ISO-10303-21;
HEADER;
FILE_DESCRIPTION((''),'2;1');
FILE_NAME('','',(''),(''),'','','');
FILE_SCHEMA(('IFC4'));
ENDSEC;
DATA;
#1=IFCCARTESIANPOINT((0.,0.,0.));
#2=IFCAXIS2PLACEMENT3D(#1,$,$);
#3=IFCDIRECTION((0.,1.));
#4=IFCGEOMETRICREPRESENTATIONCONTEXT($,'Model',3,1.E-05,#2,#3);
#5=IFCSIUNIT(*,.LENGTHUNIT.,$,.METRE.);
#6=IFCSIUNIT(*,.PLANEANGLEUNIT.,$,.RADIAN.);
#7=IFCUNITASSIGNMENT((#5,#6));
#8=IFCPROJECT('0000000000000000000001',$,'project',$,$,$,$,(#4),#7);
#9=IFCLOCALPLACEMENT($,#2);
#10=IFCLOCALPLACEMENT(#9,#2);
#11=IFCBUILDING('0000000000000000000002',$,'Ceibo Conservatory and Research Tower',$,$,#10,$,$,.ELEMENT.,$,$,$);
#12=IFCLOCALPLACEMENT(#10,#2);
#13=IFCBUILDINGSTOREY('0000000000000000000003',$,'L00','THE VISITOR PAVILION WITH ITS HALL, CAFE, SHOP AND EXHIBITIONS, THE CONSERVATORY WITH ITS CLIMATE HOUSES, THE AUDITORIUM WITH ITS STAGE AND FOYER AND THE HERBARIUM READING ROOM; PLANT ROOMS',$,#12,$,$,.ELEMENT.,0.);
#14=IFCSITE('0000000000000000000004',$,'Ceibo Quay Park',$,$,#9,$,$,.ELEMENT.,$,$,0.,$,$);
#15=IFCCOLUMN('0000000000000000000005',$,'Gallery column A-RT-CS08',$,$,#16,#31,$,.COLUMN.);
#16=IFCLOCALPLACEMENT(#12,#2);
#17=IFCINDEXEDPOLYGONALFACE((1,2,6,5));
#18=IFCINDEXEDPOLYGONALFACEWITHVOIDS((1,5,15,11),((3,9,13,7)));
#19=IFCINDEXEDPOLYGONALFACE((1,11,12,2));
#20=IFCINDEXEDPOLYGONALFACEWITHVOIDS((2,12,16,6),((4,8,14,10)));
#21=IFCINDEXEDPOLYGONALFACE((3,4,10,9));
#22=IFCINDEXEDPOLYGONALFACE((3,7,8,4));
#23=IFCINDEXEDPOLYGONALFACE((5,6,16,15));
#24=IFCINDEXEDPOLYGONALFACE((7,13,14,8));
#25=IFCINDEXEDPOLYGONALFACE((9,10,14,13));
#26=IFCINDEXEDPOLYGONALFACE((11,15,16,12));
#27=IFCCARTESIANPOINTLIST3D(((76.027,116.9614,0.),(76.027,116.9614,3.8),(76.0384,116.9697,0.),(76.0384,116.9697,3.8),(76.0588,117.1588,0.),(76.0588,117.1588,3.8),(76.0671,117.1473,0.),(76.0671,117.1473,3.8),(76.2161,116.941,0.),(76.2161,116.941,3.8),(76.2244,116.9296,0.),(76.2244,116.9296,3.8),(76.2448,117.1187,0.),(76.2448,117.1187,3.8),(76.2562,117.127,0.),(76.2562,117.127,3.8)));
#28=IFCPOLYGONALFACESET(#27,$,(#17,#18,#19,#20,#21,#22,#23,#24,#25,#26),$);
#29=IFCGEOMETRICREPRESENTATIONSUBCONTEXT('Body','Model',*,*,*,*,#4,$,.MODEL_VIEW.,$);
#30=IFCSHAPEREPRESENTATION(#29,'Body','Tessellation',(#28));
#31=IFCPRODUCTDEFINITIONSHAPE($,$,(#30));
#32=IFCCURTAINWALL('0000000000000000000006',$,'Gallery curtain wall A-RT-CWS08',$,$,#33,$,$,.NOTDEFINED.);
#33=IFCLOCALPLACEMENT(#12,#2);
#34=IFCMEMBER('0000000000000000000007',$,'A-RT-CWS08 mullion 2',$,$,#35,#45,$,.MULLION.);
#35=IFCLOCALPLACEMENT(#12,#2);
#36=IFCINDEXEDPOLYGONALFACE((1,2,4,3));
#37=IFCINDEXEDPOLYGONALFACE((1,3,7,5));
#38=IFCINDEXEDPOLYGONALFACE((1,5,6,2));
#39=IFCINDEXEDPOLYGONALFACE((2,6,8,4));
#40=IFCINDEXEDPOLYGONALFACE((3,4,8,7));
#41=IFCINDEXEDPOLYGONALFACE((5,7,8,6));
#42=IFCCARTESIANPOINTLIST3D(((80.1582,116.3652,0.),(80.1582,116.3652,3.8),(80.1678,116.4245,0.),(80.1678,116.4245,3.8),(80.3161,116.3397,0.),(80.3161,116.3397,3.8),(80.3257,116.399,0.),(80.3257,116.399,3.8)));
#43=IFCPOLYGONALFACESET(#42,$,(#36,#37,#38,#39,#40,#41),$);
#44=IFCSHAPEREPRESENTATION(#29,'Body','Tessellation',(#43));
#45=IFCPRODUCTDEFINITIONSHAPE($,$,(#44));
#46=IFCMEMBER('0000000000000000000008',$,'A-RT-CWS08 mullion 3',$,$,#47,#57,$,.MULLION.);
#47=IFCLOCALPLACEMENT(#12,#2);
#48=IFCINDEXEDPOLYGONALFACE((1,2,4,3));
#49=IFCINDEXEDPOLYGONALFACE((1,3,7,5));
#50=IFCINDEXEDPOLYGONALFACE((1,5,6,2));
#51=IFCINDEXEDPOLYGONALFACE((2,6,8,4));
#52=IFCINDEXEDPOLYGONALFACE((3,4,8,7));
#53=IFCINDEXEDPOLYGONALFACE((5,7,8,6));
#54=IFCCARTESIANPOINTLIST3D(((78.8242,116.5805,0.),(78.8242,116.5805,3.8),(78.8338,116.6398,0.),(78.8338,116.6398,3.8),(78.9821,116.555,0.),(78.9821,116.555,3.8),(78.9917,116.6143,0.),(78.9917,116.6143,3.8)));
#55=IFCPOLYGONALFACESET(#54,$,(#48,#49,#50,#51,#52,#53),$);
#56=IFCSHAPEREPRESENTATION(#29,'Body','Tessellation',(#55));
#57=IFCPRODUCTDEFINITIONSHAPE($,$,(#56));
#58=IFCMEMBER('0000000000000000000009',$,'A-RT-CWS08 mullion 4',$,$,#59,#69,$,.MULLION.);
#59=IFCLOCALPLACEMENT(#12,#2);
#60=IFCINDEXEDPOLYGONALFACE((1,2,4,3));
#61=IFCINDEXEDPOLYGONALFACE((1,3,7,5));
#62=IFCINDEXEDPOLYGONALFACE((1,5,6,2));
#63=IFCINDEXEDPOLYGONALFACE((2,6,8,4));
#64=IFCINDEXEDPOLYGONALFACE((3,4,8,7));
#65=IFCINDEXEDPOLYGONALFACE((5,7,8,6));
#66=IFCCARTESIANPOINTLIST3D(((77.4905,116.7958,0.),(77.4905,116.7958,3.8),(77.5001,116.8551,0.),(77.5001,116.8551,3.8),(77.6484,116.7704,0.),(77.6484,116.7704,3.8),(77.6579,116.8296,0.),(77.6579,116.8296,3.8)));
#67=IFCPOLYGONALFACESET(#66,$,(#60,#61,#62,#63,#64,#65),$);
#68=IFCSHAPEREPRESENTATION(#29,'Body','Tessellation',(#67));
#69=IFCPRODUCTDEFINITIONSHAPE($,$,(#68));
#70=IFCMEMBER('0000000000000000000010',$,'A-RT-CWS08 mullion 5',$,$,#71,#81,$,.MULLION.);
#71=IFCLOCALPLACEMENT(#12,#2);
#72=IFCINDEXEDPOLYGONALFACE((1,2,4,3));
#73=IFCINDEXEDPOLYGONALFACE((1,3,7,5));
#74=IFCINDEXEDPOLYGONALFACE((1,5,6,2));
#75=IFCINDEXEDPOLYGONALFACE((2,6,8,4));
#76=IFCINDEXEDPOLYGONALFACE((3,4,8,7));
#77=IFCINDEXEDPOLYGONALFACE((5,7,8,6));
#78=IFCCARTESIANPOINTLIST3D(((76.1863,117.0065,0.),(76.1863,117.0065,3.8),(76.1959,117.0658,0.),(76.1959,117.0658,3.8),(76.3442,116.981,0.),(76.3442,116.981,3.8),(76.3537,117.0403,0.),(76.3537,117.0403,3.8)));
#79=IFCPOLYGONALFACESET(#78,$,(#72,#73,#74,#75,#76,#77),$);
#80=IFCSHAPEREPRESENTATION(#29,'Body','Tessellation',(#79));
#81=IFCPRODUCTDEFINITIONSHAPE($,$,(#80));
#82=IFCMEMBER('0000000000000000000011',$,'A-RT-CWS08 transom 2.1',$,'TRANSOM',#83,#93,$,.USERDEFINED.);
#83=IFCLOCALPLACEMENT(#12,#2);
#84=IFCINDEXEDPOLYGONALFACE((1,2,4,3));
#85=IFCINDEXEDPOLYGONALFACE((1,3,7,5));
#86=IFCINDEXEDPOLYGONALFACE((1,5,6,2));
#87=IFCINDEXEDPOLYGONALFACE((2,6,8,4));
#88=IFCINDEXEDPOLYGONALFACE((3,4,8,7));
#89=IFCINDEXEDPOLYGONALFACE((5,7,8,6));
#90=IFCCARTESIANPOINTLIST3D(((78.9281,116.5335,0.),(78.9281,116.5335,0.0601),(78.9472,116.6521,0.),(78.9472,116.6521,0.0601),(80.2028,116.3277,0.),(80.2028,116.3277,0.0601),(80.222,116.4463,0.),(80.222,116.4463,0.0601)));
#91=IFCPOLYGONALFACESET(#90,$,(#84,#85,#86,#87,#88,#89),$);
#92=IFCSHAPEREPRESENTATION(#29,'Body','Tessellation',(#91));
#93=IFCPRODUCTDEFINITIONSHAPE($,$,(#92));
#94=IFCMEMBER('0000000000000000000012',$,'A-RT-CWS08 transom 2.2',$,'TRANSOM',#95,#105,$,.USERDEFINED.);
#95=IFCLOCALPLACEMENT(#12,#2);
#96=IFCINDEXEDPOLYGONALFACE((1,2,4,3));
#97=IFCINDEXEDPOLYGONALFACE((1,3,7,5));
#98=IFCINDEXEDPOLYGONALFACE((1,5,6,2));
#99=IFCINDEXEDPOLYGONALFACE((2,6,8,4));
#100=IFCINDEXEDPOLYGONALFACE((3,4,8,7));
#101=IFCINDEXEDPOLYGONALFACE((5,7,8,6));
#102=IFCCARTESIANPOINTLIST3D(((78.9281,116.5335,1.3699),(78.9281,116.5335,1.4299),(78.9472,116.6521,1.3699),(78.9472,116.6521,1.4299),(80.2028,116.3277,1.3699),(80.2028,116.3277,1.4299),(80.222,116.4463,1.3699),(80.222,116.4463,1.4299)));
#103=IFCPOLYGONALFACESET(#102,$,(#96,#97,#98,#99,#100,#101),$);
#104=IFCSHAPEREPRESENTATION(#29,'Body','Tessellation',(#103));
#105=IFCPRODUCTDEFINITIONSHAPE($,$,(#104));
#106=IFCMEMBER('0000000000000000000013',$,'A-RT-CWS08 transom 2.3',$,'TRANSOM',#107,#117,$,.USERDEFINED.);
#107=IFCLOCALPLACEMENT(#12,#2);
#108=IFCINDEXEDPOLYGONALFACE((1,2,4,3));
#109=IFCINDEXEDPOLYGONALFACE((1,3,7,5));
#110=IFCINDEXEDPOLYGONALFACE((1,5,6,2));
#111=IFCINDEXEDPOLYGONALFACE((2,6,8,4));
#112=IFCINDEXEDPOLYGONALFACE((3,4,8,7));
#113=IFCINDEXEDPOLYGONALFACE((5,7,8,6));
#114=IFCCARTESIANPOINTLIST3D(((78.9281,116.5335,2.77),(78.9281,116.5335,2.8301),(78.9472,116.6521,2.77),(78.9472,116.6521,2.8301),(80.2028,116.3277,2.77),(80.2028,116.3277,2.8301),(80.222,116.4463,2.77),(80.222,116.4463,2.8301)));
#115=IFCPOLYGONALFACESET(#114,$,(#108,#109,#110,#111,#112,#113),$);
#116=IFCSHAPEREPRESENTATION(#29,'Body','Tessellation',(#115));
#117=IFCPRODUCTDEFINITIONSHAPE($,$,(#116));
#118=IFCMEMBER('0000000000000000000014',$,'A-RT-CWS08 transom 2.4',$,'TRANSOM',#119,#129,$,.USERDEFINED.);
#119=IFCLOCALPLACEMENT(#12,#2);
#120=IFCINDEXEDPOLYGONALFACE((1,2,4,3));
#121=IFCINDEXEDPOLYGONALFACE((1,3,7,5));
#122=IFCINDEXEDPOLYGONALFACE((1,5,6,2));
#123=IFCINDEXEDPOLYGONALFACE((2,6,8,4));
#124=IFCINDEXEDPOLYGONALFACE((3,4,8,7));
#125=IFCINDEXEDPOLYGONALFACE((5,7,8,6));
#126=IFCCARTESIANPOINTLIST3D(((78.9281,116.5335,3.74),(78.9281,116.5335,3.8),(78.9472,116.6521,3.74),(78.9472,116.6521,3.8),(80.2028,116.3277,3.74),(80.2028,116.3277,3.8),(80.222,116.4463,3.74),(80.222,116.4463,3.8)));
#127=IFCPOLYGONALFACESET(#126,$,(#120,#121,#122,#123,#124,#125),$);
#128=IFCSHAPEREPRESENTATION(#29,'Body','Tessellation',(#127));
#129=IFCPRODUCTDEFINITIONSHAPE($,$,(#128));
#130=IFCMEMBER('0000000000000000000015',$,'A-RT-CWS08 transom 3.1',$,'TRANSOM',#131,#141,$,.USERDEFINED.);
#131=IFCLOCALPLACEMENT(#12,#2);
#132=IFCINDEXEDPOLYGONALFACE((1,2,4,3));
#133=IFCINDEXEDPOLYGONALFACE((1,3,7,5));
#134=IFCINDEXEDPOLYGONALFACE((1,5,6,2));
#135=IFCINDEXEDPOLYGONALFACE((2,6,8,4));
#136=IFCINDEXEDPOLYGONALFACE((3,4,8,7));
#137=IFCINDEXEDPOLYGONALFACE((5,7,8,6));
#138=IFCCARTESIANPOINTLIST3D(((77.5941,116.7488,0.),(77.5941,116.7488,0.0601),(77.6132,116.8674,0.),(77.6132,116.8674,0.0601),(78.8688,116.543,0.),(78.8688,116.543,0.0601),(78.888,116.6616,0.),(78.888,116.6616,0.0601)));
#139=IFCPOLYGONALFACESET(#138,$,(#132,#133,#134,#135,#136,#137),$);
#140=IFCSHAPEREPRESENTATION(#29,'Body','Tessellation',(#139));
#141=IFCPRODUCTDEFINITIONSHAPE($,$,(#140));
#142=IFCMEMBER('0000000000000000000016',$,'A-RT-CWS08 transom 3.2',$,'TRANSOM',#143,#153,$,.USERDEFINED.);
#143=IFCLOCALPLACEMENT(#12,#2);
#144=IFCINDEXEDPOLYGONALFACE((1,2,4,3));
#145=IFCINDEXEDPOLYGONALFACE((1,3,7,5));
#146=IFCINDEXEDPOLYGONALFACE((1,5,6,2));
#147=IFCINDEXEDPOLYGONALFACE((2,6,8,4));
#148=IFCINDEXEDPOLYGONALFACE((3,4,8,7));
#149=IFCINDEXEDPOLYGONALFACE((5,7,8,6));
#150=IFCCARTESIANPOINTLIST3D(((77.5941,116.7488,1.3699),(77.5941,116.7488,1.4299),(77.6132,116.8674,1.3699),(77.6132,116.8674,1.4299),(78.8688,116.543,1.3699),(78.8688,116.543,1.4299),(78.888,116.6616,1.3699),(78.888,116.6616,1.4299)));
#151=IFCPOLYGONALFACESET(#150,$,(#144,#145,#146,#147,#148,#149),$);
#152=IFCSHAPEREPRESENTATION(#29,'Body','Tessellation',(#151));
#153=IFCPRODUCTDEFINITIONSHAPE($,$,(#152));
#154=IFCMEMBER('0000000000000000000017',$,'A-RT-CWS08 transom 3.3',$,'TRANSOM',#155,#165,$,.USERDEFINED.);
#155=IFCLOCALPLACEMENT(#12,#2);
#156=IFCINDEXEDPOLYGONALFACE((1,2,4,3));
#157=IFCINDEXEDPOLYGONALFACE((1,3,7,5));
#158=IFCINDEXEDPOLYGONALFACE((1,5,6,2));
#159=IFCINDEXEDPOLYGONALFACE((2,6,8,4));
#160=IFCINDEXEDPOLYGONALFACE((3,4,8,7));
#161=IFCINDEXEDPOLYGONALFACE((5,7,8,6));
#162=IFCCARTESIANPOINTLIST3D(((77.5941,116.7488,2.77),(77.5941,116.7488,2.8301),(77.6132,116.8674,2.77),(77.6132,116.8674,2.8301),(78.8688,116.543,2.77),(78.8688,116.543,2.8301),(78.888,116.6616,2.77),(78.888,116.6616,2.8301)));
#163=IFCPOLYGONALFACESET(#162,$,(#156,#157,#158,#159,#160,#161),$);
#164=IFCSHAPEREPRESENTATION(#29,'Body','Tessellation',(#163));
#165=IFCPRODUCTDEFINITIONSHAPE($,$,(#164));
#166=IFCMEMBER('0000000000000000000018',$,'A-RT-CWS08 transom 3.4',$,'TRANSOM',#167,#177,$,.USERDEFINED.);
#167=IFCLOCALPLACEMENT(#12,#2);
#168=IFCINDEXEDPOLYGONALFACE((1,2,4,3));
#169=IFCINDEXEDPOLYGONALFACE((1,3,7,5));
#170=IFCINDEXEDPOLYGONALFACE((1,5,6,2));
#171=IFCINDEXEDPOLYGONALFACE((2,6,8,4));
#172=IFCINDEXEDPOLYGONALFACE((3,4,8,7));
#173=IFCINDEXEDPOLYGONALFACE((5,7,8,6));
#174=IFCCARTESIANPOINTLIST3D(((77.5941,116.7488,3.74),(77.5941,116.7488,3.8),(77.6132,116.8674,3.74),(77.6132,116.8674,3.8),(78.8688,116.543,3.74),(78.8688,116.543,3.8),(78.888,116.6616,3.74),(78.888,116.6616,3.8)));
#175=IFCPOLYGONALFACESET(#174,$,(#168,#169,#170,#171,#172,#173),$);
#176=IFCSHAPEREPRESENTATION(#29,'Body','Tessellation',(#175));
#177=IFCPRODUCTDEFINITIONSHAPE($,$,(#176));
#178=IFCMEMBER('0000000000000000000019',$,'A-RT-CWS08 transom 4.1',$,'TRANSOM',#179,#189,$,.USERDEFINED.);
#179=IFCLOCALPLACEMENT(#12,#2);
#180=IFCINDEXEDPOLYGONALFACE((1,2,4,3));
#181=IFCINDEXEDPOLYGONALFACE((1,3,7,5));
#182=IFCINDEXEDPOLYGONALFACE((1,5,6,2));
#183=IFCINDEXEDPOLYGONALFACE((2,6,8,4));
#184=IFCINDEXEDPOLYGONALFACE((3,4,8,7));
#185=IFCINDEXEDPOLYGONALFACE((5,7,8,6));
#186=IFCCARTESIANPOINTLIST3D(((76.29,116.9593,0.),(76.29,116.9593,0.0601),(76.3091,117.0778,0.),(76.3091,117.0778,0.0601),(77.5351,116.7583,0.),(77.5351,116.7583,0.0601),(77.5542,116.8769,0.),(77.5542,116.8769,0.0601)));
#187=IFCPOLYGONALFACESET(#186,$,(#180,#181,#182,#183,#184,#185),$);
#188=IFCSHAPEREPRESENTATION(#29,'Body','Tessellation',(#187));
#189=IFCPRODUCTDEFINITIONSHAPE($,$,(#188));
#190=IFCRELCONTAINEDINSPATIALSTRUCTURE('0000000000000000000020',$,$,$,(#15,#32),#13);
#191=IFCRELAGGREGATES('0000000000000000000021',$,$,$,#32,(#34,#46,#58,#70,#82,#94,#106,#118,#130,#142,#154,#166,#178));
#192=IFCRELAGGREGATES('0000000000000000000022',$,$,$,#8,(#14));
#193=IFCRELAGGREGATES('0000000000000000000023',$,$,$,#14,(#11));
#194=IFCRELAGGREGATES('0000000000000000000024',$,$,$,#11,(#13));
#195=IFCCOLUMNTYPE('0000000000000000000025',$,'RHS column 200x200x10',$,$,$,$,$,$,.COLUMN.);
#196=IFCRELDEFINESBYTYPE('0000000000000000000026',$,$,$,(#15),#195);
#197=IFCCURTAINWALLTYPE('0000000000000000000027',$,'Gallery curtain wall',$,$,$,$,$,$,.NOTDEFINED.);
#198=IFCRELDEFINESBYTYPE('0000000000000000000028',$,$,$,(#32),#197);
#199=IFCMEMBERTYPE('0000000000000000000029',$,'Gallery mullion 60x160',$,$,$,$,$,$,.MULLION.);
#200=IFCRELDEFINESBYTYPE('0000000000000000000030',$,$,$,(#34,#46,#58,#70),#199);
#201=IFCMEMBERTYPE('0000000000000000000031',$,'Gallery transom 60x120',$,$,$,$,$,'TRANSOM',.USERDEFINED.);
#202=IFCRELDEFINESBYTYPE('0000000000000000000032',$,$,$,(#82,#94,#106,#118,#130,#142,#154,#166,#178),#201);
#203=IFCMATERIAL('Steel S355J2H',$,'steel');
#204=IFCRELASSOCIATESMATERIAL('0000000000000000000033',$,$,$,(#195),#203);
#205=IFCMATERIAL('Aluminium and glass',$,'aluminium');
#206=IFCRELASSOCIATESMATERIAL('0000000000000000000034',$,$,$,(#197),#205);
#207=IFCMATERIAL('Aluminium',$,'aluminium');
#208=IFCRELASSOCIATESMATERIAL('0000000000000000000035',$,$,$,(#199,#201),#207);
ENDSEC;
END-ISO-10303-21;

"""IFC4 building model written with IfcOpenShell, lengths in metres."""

from ifc_helpers import new_model, si_unit, direction, frame, origin, origin_2d, place, context, subcontext, project, spatial, rectangle, hollow_rectangle, extrude, material, material_profile, profile_set, type_object, element, aggregate, save


model = new_model("IFC4")

# Units and contexts
model_context = context("Model", 3, precision=1e-05, world=origin(), true_north=direction((0.0, 1.0)))
body_context = subcontext(model_context, "Body", "Model", "MODEL_VIEW")
ifc_project = project(units=[si_unit("LENGTHUNIT", "METRE"), si_unit("PLANEANGLEUNIT", "RADIAN")], contexts=[model_context])

# Site, building, storey
site_placement = place(None, origin())
site = spatial("IfcSite", under=ifc_project, at=site_placement, Name="Ceibo Quay Park", CompositionType="ELEMENT", RefElevation=0.0)
building_placement = place(site_placement, origin())
building = spatial("IfcBuilding", under=site, at=building_placement, Name="Ceibo Conservatory and Research Tower", CompositionType="ELEMENT")
storey_placement = place(building_placement, origin())
storey = spatial("IfcBuildingStorey", under=building, at=storey_placement, Name="L00", Description="THE VISITOR PAVILION WITH ITS HALL, CAFE, SHOP AND EXHIBITIONS, THE CONSERVATORY WITH ITS CLIMATE HOUSES, THE AUDITORIUM WITH ITS STAGE AND FOYER AND THE HERBARIUM READING ROOM; PLANT ROOMS", CompositionType="ELEMENT", Elevation=0.0)

# Column
ifc_material_1 = material(Name="Steel S355J2H", Category="steel")
ifc_material_profile_1 = material_profile(ifc_material_1, hollow_rectangle(XDim=0.2, YDim=0.2, WallThickness=0.01, at=origin_2d()), Name="RHS column 200x200x10")
ifc_profile_set_1 = profile_set([ifc_material_profile_1], Name="Steel S355J2H")
column_type = type_object("IfcColumnType", Name="RHS column 200x200x10", PredefinedType="COLUMN", material=ifc_profile_set_1)
column_placement = place(storey_placement, frame((76.1416, 117.0442, 0.0), z_axis=(0.0, 0.0, 1.0), x_axis=(-0.987216, 0.159391, 0.0)))
element("IfcColumn", 1, at=column_placement, inside=storey, type_object=column_type, Name="Gallery column A-RT-CS08", PredefinedType="COLUMN", context=body_context, shape_type="SweptSolid", body=[
    extrude(hollow_rectangle(XDim=0.2, YDim=0.2, WallThickness=0.01, at=origin_2d()), origin(), (0.0, 0.0, 1.0), 3.8),
])

# Curtain wall, members
ifc_material_2 = material(Name="Aluminium and glass", Category="aluminium")
curtain_wall_type = type_object("IfcCurtainWallType", Name="Gallery curtain wall", PredefinedType="NOTDEFINED", material=ifc_material_2)
curtain_wall_placement = place(storey_placement, origin())
curtain_wall = element("IfcCurtainWall", 2, at=curtain_wall_placement, inside=storey, type_object=curtain_wall_type, Name="Gallery curtain wall A-RT-CWS08", PredefinedType="NOTDEFINED")
ifc_material_3 = material(Name="Aluminium", Category="aluminium")
ifc_material_profile_2 = material_profile(ifc_material_3, rectangle(XDim=0.0601, YDim=0.1599, at=origin_2d()), Name="AL 60x160")
ifc_profile_set_2 = profile_set([ifc_material_profile_2], Name="Aluminium")
member_type_1 = type_object("IfcMemberType", Name="Gallery mullion 60x160", PredefinedType="MULLION", material=ifc_profile_set_2)
member_1_placement = place(storey_placement, frame((80.2419, 116.3821, 0.0), z_axis=(0.0, 0.0, 1.0), x_axis=(-0.159391, -0.987216, 0.0)))
member_1 = element("IfcMember", 3, at=member_1_placement, type_object=member_type_1, Name="A-RT-CWS08 mullion 2", PredefinedType="MULLION", context=body_context, shape_type="SweptSolid", body=[
    extrude(rectangle(XDim=0.0601, YDim=0.1599, at=origin_2d()), origin(), (0.0, 0.0, 1.0), 3.8),
])
member_2_placement = place(storey_placement, frame((78.908, 116.5974, 0.0), z_axis=(0.0, 0.0, 1.0), x_axis=(-0.159391, -0.987216, 0.0)))
member_2 = element("IfcMember", 4, at=member_2_placement, type_object=member_type_1, Name="A-RT-CWS08 mullion 3", PredefinedType="MULLION", context=body_context, shape_type="SweptSolid", body=[
    extrude(rectangle(XDim=0.0601, YDim=0.1599, at=origin_2d()), origin(), (0.0, 0.0, 1.0), 3.8),
])
member_3_placement = place(storey_placement, frame((77.5742, 116.8127, 0.0), z_axis=(0.0, 0.0, 1.0), x_axis=(-0.159391, -0.987216, 0.0)))
member_3 = element("IfcMember", 5, at=member_3_placement, type_object=member_type_1, Name="A-RT-CWS08 mullion 4", PredefinedType="MULLION", context=body_context, shape_type="SweptSolid", body=[
    extrude(rectangle(XDim=0.0601, YDim=0.1599, at=origin_2d()), origin(), (0.0, 0.0, 1.0), 3.8),
])
member_4_placement = place(storey_placement, frame((76.27, 117.0234, 0.0), z_axis=(0.0, 0.0, 1.0), x_axis=(-0.159391, -0.987216, 0.0)))
member_4 = element("IfcMember", 6, at=member_4_placement, type_object=member_type_1, Name="A-RT-CWS08 mullion 5", PredefinedType="MULLION", context=body_context, shape_type="SweptSolid", body=[
    extrude(rectangle(XDim=0.0601, YDim=0.1599, at=origin_2d()), origin(), (0.0, 0.0, 1.0), 3.8),
])
ifc_material_profile_3 = material_profile(ifc_material_3, rectangle(XDim=0.1201, YDim=0.0601, at=origin_2d()), Name="AL 60x120")
ifc_profile_set_3 = profile_set([ifc_material_profile_3], Name="Aluminium")
member_type_2 = type_object("IfcMemberType", Name="Gallery transom 60x120", ElementType="TRANSOM", PredefinedType="USERDEFINED", material=ifc_profile_set_3)
member_5_placement = place(storey_placement, frame((80.2124, 116.387, 0.03), z_axis=(-0.987214, 0.159399, 0.0), x_axis=(-0.159399, -0.987214, 0.0)))
member_5 = element("IfcMember", 7, at=member_5_placement, type_object=member_type_2, Name="A-RT-CWS08 transom 2.1", ObjectType="TRANSOM", PredefinedType="USERDEFINED", context=body_context, shape_type="SweptSolid", body=[
    extrude(rectangle(XDim=0.1201, YDim=0.0601, at=origin_2d()), origin(), (0.0, 0.0, 1.0), 1.2913),
])
member_6_placement = place(storey_placement, frame((80.2124, 116.387, 1.3999), z_axis=(-0.987214, 0.159399, 0.0), x_axis=(-0.159399, -0.987214, 0.0)))
member_6 = element("IfcMember", 8, at=member_6_placement, type_object=member_type_2, Name="A-RT-CWS08 transom 2.2", ObjectType="TRANSOM", PredefinedType="USERDEFINED", context=body_context, shape_type="SweptSolid", body=[
    extrude(rectangle(XDim=0.1201, YDim=0.0601, at=origin_2d()), origin(), (0.0, 0.0, 1.0), 1.2913),
])
member_7_placement = place(storey_placement, frame((80.2124, 116.387, 2.8), z_axis=(-0.987214, 0.159399, 0.0), x_axis=(-0.159399, -0.987214, 0.0)))
member_7 = element("IfcMember", 9, at=member_7_placement, type_object=member_type_2, Name="A-RT-CWS08 transom 2.3", ObjectType="TRANSOM", PredefinedType="USERDEFINED", context=body_context, shape_type="SweptSolid", body=[
    extrude(rectangle(XDim=0.1201, YDim=0.0601, at=origin_2d()), origin(), (0.0, 0.0, 1.0), 1.2913),
])
member_8_placement = place(storey_placement, frame((80.2124, 116.387, 3.77), z_axis=(-0.987214, 0.159399, 0.0), x_axis=(-0.159399, -0.987214, 0.0)))
member_8 = element("IfcMember", 10, at=member_8_placement, type_object=member_type_2, Name="A-RT-CWS08 transom 2.4", ObjectType="TRANSOM", PredefinedType="USERDEFINED", context=body_context, shape_type="SweptSolid", body=[
    extrude(rectangle(XDim=0.1201, YDim=0.0601, at=origin_2d()), origin(), (0.0, 0.0, 1.0), 1.2913),
])
member_9_placement = place(storey_placement, frame((78.8784, 116.6023, 0.03), z_axis=(-0.987214, 0.159399, 0.0), x_axis=(-0.159399, -0.987214, 0.0)))
member_9 = element("IfcMember", 11, at=member_9_placement, type_object=member_type_2, Name="A-RT-CWS08 transom 3.1", ObjectType="TRANSOM", PredefinedType="USERDEFINED", context=body_context, shape_type="SweptSolid", body=[
    extrude(rectangle(XDim=0.1201, YDim=0.0601, at=origin_2d()), origin(), (0.0, 0.0, 1.0), 1.2913),
])
member_10_placement = place(storey_placement, frame((78.8784, 116.6023, 1.3999), z_axis=(-0.987214, 0.159399, 0.0), x_axis=(-0.159399, -0.987214, 0.0)))
member_10 = element("IfcMember", 12, at=member_10_placement, type_object=member_type_2, Name="A-RT-CWS08 transom 3.2", ObjectType="TRANSOM", PredefinedType="USERDEFINED", context=body_context, shape_type="SweptSolid", body=[
    extrude(rectangle(XDim=0.1201, YDim=0.0601, at=origin_2d()), origin(), (0.0, 0.0, 1.0), 1.2913),
])
member_11_placement = place(storey_placement, frame((78.8784, 116.6023, 2.8), z_axis=(-0.987214, 0.159399, 0.0), x_axis=(-0.159399, -0.987214, 0.0)))
member_11 = element("IfcMember", 13, at=member_11_placement, type_object=member_type_2, Name="A-RT-CWS08 transom 3.3", ObjectType="TRANSOM", PredefinedType="USERDEFINED", context=body_context, shape_type="SweptSolid", body=[
    extrude(rectangle(XDim=0.1201, YDim=0.0601, at=origin_2d()), origin(), (0.0, 0.0, 1.0), 1.2913),
])
member_12_placement = place(storey_placement, frame((78.8784, 116.6023, 3.77), z_axis=(-0.987214, 0.159399, 0.0), x_axis=(-0.159399, -0.987214, 0.0)))
member_12 = element("IfcMember", 14, at=member_12_placement, type_object=member_type_2, Name="A-RT-CWS08 transom 3.4", ObjectType="TRANSOM", PredefinedType="USERDEFINED", context=body_context, shape_type="SweptSolid", body=[
    extrude(rectangle(XDim=0.1201, YDim=0.0601, at=origin_2d()), origin(), (0.0, 0.0, 1.0), 1.2913),
])
member_13_placement = place(storey_placement, frame((77.5447, 116.8176, 0.03), z_axis=(-0.987228, 0.159312, 0.0), x_axis=(-0.159312, -0.987228, 0.0)))
member_13 = element("IfcMember", 15, at=member_13_placement, type_object=member_type_2, Name="A-RT-CWS08 transom 4.1", ObjectType="TRANSOM", PredefinedType="USERDEFINED", context=body_context, shape_type="SweptSolid", body=[
    extrude(rectangle(XDim=0.1201, YDim=0.0601, at=origin_2d()), origin(), (0.0, 0.0, 1.0), 1.2612),
])

aggregate(curtain_wall, [member_1, member_2, member_3, member_4, member_5, member_6, member_7, member_8, member_9, member_10, member_11, member_12, member_13])

save(model, "model.ifc")
